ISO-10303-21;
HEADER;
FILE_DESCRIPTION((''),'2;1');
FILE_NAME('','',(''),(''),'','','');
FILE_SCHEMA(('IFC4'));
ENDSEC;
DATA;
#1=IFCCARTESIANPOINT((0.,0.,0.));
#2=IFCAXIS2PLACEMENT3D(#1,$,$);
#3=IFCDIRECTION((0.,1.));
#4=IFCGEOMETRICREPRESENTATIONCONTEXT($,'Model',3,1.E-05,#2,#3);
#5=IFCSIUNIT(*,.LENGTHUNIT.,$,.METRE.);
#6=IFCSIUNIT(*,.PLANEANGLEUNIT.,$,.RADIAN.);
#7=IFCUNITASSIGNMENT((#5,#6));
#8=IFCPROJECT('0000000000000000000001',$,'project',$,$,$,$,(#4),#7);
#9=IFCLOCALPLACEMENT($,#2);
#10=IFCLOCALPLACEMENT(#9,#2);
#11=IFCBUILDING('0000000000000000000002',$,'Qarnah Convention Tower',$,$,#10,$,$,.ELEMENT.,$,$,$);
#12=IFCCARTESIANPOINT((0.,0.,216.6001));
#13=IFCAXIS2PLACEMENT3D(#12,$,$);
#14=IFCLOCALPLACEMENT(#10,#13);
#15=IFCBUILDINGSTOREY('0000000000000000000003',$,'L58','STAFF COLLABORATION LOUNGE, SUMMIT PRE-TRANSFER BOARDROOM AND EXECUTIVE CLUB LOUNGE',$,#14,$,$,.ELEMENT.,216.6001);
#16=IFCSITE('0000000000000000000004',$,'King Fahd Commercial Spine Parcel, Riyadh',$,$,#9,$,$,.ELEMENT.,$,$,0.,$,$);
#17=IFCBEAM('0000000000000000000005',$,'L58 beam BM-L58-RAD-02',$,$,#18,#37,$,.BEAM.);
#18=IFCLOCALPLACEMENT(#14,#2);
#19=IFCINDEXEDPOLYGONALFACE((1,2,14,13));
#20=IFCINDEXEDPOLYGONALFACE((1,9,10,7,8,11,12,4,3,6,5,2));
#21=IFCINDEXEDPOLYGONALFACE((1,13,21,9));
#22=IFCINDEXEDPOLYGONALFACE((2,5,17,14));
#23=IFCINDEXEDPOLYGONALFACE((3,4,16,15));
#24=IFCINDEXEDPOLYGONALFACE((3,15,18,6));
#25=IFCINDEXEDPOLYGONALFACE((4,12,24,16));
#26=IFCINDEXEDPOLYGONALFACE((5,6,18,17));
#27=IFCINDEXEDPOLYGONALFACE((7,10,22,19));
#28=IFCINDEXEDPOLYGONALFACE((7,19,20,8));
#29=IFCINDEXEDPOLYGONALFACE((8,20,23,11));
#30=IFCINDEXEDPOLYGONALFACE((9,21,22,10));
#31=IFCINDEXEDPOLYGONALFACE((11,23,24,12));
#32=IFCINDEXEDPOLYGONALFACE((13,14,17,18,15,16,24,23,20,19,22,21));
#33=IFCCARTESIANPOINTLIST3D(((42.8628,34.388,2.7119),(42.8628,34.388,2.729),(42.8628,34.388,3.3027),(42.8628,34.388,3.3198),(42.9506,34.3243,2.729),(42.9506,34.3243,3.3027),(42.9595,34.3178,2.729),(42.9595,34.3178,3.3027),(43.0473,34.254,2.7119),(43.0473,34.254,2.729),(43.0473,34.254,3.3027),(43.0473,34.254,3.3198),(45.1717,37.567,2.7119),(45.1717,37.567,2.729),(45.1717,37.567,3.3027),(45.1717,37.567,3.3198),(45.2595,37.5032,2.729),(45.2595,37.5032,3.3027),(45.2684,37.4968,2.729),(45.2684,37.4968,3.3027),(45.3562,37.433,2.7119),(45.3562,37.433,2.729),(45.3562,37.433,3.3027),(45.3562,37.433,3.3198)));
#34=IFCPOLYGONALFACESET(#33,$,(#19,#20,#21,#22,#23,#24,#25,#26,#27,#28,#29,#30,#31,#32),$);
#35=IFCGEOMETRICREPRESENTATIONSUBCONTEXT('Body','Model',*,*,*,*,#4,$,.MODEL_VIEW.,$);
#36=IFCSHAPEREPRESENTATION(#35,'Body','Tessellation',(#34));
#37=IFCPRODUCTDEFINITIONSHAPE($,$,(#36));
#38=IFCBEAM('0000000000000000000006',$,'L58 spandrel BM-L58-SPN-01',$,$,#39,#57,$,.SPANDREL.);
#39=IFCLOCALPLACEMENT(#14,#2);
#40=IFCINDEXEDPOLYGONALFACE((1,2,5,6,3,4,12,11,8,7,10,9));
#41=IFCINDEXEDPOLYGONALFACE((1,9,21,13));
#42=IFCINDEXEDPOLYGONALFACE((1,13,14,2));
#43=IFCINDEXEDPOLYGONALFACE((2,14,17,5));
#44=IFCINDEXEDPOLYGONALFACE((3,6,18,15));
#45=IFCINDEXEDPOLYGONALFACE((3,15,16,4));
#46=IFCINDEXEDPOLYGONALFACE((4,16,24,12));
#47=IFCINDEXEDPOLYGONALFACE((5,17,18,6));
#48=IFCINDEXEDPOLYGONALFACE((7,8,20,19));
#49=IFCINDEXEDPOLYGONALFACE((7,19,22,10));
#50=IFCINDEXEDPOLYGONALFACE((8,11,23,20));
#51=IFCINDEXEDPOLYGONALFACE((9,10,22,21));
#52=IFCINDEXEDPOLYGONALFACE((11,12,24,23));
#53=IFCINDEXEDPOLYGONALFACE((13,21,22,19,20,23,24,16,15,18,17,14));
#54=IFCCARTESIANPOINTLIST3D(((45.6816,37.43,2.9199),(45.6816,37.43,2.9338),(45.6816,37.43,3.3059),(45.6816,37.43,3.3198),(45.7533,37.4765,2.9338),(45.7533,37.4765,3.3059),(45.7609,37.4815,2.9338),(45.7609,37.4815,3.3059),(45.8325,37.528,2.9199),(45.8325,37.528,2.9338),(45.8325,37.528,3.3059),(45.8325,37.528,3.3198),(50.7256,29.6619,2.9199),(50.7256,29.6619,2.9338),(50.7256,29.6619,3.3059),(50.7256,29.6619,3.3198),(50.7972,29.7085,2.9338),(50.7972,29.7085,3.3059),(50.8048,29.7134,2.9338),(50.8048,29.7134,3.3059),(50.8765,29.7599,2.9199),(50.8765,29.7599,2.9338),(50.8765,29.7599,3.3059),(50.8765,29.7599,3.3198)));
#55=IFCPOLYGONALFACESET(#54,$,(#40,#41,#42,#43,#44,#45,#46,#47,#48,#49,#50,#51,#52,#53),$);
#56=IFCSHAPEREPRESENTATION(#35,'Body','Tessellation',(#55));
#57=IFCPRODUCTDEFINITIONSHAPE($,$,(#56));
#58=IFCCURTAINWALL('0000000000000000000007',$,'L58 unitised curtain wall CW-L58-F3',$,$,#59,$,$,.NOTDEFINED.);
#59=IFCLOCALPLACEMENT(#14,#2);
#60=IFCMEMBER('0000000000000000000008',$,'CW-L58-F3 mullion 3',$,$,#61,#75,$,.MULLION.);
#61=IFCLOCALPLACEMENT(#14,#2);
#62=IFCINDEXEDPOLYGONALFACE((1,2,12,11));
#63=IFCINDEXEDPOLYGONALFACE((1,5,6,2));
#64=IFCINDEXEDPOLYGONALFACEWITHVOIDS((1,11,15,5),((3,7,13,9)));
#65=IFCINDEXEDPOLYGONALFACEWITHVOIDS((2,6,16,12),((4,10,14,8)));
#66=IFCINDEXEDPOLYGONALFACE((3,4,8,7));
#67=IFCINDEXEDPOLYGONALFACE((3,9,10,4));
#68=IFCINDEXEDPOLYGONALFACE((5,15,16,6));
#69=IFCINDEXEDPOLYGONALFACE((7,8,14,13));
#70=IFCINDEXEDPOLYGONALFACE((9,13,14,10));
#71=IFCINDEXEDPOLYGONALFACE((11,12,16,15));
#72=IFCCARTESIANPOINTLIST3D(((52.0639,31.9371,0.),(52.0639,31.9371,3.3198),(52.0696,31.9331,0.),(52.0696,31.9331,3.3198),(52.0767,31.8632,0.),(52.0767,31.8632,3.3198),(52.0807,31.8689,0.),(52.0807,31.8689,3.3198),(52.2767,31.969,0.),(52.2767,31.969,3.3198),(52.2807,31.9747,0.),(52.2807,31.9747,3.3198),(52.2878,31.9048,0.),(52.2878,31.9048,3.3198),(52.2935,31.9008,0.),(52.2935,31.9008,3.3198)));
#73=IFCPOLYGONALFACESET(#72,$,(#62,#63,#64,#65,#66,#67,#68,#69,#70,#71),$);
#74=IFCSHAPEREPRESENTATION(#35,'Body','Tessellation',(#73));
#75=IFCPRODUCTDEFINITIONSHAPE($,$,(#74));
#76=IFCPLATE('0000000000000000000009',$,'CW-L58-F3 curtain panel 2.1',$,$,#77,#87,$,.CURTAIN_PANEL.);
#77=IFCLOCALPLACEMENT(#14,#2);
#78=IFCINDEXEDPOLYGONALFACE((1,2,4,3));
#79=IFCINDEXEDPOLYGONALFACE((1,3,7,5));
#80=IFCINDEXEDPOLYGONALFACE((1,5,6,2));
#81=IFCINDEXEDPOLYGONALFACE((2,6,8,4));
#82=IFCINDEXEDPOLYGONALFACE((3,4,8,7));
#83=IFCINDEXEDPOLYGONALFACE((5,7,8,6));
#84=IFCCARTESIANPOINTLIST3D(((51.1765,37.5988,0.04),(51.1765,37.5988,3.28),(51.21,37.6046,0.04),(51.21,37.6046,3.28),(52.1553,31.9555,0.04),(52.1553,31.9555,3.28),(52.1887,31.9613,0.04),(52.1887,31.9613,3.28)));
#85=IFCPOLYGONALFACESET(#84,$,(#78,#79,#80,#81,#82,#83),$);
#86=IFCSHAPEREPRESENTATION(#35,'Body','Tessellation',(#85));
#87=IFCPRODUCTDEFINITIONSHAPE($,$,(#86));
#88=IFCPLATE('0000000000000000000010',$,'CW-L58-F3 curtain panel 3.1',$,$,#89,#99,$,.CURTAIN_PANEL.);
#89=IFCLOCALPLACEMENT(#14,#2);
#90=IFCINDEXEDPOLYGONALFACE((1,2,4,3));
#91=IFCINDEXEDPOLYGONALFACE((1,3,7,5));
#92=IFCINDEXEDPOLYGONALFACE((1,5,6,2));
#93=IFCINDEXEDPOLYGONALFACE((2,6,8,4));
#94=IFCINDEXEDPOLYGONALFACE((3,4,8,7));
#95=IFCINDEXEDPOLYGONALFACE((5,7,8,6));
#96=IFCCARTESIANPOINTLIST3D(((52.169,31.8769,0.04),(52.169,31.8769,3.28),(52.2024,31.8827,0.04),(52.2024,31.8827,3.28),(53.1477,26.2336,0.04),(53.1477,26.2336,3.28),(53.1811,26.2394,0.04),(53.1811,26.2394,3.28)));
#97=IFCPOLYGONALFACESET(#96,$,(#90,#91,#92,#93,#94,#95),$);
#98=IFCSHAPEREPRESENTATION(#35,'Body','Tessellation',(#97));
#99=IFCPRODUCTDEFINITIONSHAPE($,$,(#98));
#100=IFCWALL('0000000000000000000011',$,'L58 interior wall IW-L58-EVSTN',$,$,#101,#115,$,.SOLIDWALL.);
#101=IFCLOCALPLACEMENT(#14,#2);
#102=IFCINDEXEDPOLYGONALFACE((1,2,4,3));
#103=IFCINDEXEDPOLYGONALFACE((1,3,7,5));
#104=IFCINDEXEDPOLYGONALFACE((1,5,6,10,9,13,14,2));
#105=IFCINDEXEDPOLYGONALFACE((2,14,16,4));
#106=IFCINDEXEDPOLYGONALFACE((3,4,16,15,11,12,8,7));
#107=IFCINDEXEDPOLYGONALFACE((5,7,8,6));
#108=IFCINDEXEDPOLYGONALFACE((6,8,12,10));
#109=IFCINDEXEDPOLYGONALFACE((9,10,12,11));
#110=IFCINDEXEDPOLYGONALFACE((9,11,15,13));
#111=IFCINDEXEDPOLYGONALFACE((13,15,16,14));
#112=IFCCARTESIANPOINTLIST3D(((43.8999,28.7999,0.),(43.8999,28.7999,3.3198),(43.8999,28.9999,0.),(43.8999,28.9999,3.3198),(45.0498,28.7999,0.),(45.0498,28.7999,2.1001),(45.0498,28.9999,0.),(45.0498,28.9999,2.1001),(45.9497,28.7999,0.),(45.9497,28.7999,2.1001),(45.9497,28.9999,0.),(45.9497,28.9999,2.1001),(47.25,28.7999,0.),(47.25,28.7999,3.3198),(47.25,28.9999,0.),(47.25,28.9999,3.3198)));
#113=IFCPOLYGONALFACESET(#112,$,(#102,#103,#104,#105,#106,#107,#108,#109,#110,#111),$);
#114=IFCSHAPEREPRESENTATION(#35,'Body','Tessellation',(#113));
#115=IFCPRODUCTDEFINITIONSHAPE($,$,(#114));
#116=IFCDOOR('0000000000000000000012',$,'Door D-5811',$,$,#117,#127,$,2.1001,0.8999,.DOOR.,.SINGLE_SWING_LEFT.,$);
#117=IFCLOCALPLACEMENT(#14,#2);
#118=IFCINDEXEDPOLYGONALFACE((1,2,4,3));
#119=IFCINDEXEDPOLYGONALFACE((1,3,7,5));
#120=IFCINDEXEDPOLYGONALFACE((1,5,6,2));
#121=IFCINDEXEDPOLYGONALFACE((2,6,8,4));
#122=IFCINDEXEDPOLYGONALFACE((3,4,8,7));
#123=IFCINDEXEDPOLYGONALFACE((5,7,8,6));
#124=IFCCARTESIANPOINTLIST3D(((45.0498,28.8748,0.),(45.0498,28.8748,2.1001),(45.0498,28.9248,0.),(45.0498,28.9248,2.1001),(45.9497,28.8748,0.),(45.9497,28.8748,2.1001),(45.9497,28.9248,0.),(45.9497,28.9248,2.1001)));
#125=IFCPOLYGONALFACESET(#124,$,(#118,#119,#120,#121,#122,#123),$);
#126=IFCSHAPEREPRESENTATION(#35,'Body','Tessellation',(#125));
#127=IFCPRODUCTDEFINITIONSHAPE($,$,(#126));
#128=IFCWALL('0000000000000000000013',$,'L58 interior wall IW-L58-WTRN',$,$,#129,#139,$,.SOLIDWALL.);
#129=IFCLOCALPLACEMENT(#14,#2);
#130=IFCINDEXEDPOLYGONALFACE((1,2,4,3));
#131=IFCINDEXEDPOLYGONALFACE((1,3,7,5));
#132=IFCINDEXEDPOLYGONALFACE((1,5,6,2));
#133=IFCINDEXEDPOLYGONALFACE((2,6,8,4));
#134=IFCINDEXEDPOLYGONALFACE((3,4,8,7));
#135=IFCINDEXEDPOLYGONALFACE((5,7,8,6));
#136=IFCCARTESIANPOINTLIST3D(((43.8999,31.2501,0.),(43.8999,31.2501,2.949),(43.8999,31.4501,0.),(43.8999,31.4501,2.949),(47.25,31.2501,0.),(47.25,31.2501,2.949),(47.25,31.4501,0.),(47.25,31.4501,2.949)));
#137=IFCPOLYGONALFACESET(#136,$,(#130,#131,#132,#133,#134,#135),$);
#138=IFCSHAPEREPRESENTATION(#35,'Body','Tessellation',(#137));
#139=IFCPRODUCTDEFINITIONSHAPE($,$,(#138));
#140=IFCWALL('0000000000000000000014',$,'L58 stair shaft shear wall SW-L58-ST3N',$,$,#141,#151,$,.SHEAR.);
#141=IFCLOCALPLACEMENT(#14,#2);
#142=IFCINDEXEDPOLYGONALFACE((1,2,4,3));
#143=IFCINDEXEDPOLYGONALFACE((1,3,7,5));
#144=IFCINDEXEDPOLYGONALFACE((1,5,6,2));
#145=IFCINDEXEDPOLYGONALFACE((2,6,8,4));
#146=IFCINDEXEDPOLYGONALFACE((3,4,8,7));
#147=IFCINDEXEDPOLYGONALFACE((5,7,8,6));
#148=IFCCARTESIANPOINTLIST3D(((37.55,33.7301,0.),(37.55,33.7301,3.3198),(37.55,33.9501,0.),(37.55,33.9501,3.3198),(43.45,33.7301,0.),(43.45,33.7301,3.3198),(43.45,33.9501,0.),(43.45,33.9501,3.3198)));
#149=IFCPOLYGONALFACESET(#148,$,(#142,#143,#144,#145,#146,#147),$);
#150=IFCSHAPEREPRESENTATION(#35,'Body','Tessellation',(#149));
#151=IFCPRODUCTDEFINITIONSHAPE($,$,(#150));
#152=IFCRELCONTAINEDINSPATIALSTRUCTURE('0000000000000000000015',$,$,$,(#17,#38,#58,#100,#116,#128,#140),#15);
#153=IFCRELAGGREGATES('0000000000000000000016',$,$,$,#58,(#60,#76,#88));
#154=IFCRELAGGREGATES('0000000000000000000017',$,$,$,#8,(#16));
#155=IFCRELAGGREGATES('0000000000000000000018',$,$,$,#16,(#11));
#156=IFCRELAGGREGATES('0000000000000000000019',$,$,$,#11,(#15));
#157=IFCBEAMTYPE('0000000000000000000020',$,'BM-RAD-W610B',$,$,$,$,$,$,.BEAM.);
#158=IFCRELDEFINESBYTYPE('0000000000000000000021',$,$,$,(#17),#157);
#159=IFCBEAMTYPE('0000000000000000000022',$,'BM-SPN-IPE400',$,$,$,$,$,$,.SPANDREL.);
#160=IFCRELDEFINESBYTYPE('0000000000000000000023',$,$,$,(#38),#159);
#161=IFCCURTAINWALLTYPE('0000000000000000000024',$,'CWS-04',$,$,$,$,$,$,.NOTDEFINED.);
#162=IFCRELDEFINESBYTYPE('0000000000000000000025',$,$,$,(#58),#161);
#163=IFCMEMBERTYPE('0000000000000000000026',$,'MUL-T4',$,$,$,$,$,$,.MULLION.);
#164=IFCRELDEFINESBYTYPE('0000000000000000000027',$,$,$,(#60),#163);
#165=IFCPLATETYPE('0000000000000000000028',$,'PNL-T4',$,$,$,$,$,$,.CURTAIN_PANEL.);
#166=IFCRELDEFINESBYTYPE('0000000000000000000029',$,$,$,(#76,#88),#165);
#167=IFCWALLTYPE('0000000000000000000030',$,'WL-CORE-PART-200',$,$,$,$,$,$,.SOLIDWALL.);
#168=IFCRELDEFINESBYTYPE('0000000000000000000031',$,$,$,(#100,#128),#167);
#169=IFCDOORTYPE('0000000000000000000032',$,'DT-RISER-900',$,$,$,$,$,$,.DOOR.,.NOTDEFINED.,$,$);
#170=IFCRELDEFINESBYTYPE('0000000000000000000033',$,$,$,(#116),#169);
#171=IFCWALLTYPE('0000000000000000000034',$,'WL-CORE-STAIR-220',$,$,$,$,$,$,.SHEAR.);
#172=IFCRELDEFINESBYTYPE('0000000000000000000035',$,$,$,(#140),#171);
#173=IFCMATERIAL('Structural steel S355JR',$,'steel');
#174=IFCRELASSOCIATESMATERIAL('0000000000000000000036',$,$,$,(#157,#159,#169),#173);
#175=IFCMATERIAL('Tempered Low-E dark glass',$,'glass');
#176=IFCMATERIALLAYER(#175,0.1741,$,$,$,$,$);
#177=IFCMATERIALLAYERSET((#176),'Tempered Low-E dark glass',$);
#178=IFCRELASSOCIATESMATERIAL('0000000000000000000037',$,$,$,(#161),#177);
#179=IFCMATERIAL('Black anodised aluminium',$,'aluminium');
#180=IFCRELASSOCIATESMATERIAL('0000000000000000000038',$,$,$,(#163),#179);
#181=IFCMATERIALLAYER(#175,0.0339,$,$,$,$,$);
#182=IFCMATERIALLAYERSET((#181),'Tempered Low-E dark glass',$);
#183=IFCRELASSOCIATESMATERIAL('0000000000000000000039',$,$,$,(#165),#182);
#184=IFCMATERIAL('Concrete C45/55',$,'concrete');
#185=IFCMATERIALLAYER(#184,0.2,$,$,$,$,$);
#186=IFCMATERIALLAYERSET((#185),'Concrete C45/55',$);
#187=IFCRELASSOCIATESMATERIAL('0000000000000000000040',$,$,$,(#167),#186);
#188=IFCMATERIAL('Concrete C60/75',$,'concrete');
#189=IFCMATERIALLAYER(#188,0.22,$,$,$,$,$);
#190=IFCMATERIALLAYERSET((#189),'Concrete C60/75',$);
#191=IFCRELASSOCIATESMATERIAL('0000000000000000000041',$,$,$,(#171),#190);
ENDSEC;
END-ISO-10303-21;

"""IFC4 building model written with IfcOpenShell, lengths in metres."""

from ifc_helpers import new_model, si_unit, direction, frame, frame_2d, origin, origin_2d, place, context, subcontext, project, spatial, rectangle, hollow_rectangle, i_section, extrude, material, layer, layer_set, material_profile, profile_set, type_object, element, fill, aggregate, save


model = new_model("IFC4")

# Units and contexts
model_context = context("Model", 3, precision=1e-05, world=origin(), true_north=direction((0.0, 1.0)))
body_context = subcontext(model_context, "Body", "Model", "MODEL_VIEW")
ifc_project = project(units=[si_unit("LENGTHUNIT", "METRE"), si_unit("PLANEANGLEUNIT", "RADIAN")], contexts=[model_context])

# Site, building, storey
site_placement = place(None, origin())
site = spatial("IfcSite", under=ifc_project, at=site_placement, Name="King Fahd Commercial Spine Parcel, Riyadh", CompositionType="ELEMENT", RefElevation=0.0)
building_placement = place(site_placement, origin())
building = spatial("IfcBuilding", under=site, at=building_placement, Name="Qarnah Convention Tower", CompositionType="ELEMENT")
storey_placement = place(building_placement, frame((0.0, 0.0, 216.6001)))
storey = spatial("IfcBuildingStorey", under=building, at=storey_placement, Name="L58", Description="STAFF COLLABORATION LOUNGE, SUMMIT PRE-TRANSFER BOARDROOM AND EXECUTIVE CLUB LOUNGE", CompositionType="ELEMENT", Elevation=216.6001)

# Beams
ifc_material_1 = material(Name="Structural steel S355JR", Category="steel")
ifc_material_profile_1 = material_profile(ifc_material_1, i_section(OverallWidth=0.228, OverallDepth=0.6079, WebThickness=0.011, FlangeThickness=0.0171, at=origin_2d()), Name="W610X113")
ifc_profile_set_1 = profile_set([ifc_material_profile_1], Name="Structural steel S355JR")
beam_type_1 = type_object("IfcBeamType", Name="BM-RAD-W610B", PredefinedType="BEAM", material=ifc_profile_set_1)
beam_1_placement = place(storey_placement, frame((42.9551, 34.321, 3.0159), z_axis=(0.587651, 0.809115, 0.0), x_axis=(-0.809115, 0.587651, 0.0)))
element("IfcBeam", 1, at=beam_1_placement, inside=storey, type_object=beam_type_1, Name="L58 beam BM-L58-RAD-02", PredefinedType="BEAM", context=body_context, shape_type="SweptSolid", body=[
    extrude(i_section(OverallWidth=0.228, OverallDepth=0.6079, WebThickness=0.011, FlangeThickness=0.0171, at=origin_2d()), origin(), (0.0, 0.0, 1.0), 3.929),
])
ifc_material_profile_2 = material_profile(ifc_material_1, i_section(OverallWidth=0.1799, OverallDepth=0.3999, WebThickness=0.009, FlangeThickness=0.0139, at=origin_2d()), Name="IPE400")
ifc_profile_set_2 = profile_set([ifc_material_profile_2], Name="Structural steel S355JR")
beam_type_2 = type_object("IfcBeamType", Name="BM-SPN-IPE400", PredefinedType="SPANDREL", material=ifc_profile_set_2)
beam_2_placement = place(storey_placement, frame((50.801, 29.7109, 3.1199), z_axis=(-0.544586, 0.838705, 0.0), x_axis=(-0.838705, -0.544586, 0.0)))
element("IfcBeam", 2, at=beam_2_placement, inside=storey, type_object=beam_type_2, Name="L58 spandrel BM-L58-SPN-01", PredefinedType="SPANDREL", context=body_context, shape_type="SweptSolid", body=[
    extrude(i_section(OverallWidth=0.1799, OverallDepth=0.3999, WebThickness=0.009, FlangeThickness=0.0139, at=origin_2d()), origin(), (0.0, 0.0, 1.0), 9.262),
])

# Curtain wall, member, plates
ifc_material_2 = material(Name="Tempered Low-E dark glass", Category="glass")
ifc_layer_1 = layer(ifc_material_2, 0.1741)
ifc_layer_set_1 = layer_set([ifc_layer_1], Name="Tempered Low-E dark glass")
curtain_wall_type = type_object("IfcCurtainWallType", Name="CWS-04", PredefinedType="NOTDEFINED", material=ifc_layer_set_1)
curtain_wall_placement = place(storey_placement, origin())
curtain_wall = element("IfcCurtainWall", 3, at=curtain_wall_placement, inside=storey, type_object=curtain_wall_type, Name="L58 unitised curtain wall CW-L58-F3", PredefinedType="NOTDEFINED")
ifc_material_3 = material(Name="Black anodised aluminium", Category="aluminium")
ifc_material_profile_3 = material_profile(ifc_material_3, hollow_rectangle(XDim=0.075, YDim=0.22, WallThickness=0.0049, at=origin_2d()), Name="MUL-75X220")
ifc_profile_set_3 = profile_set([ifc_material_profile_3], Name="Black anodised aluminium")
member_type = type_object("IfcMemberType", Name="MUL-T4", PredefinedType="MULLION", material=ifc_profile_set_3)
member_placement = place(storey_placement, frame((52.1787, 31.9189, 0.0), z_axis=(0.0, 0.0, 1.0), x_axis=(0.170885, -0.985291, 0.0)))
member = element("IfcMember", 4, at=member_placement, type_object=member_type, Name="CW-L58-F3 mullion 3", PredefinedType="MULLION", context=body_context, shape_type="SweptSolid", body=[
    extrude(hollow_rectangle(XDim=0.075, YDim=0.22, WallThickness=0.0049, at=origin_2d()), origin(), (0.0, 0.0, 1.0), 3.3198),
])
ifc_layer_2 = layer(ifc_material_2, 0.0339)
ifc_layer_set_2 = layer_set([ifc_layer_2], Name="Tempered Low-E dark glass")
plate_type = type_object("IfcPlateType", Name="PNL-T4", PredefinedType="CURTAIN_PANEL", material=ifc_layer_set_2)
plate_1_placement = place(storey_placement, frame((51.6826, 34.78, 0.04), z_axis=(0.0, 0.0, 1.0), x_axis=(0.170885, -0.985291, 0.0)))
plate_1 = element("IfcPlate", 5, at=plate_1_placement, type_object=plate_type, Name="CW-L58-F3 curtain panel 2.1", PredefinedType="CURTAIN_PANEL", context=body_context, shape_type="SweptSolid", body=[
    extrude(rectangle(XDim=5.7275, YDim=0.0339, at=origin_2d()), origin(), (0.0, 0.0, 1.0), 3.24),
])
plate_2_placement = place(storey_placement, frame((52.675, 29.0581, 0.04), z_axis=(0.0, 0.0, 1.0), x_axis=(0.170885, -0.985291, 0.0)))
plate_2 = element("IfcPlate", 6, at=plate_2_placement, type_object=plate_type, Name="CW-L58-F3 curtain panel 3.1", PredefinedType="CURTAIN_PANEL", context=body_context, shape_type="SweptSolid", body=[
    extrude(rectangle(XDim=5.7275, YDim=0.0339, at=origin_2d()), origin(), (0.0, 0.0, 1.0), 3.24),
])
aggregate(curtain_wall, [member, plate_1, plate_2])

# Wall, opening, door
ifc_material_4 = material(Name="Concrete C45/55", Category="concrete")
ifc_layer_3 = layer(ifc_material_4, 0.2)
ifc_layer_set_3 = layer_set([ifc_layer_3], Name="Concrete C45/55")
wall_type_1 = type_object("IfcWallType", Name="WL-CORE-PART-200", PredefinedType="SOLIDWALL", material=ifc_layer_set_3)
wall_1_placement = place(storey_placement, frame((43.8999, 28.8999, 0.0), z_axis=(0.0, 0.0, 1.0), x_axis=(1.0, 0.0, 0.0)))
wall_1 = element("IfcWall", 7, at=wall_1_placement, inside=storey, type_object=wall_type_1, Name="L58 interior wall IW-L58-EVSTN", PredefinedType="SOLIDWALL", context=body_context, shape_type="SweptSolid", body=[
    extrude(rectangle(XDim=3.3501, YDim=0.2, at=frame_2d((1.675, 0.0))), origin(), (0.0, 0.0, 1.0), 3.3198),
])
opening_1_placement = place(wall_1_placement, frame((1.1499, 0.0, 0.0)))
opening_1 = element("IfcOpeningElement", 8, at=opening_1_placement, cuts=wall_1, PredefinedType="OPENING", context=body_context, shape_type="SweptSolid", body=[
    extrude(rectangle(XDim=0.8999, YDim=2.1001, at=frame_2d((0.45, 1.05))), frame((0.0, 0.1099, 0.0), z_axis=(0.0, -1.0, 0.0), x_axis=(1.0, 0.0, 0.0)), (0.0, 0.0, 1.0), 0.22),
])
door_type_1 = type_object("IfcDoorType", Name="DT-RISER-900", OperationType="NOTDEFINED", PredefinedType="DOOR", material=ifc_material_1)
door_1_placement = place(opening_1_placement, origin())
door_1 = element("IfcDoor", 9, at=door_1_placement, inside=storey, type_object=door_type_1, Name="Door D-5811", OperationType="SINGLE_SWING_LEFT", OverallHeight=2.1001, OverallWidth=0.8999, PredefinedType="DOOR", context=body_context, shape_type="SweptSolid", body=[
    extrude(rectangle(XDim=0.8999, YDim=2.1001, at=frame_2d((0.45, 1.05))), frame((0.0, 0.0249, 0.0), z_axis=(0.0, -1.0, 0.0), x_axis=(1.0, 0.0, 0.0)), (0.0, 0.0, 1.0), 0.05),
])
fill(opening_1, door_1)

# Walls
wall_2_placement = place(storey_placement, frame((43.8999, 31.3501, 0.0), z_axis=(0.0, 0.0, 1.0), x_axis=(1.0, 0.0, 0.0)))
element("IfcWall", 10, at=wall_2_placement, inside=storey, type_object=wall_type_1, Name="L58 interior wall IW-L58-WTRN", PredefinedType="SOLIDWALL", context=body_context, shape_type="SweptSolid", body=[
    extrude(rectangle(XDim=3.3501, YDim=0.2, at=frame_2d((1.675, 0.0))), origin(), (0.0, 0.0, 1.0), 2.949),
])
ifc_material_5 = material(Name="Concrete C60/75", Category="concrete")
ifc_layer_4 = layer(ifc_material_5, 0.22)
ifc_layer_set_4 = layer_set([ifc_layer_4], Name="Concrete C60/75")
wall_type_2 = type_object("IfcWallType", Name="WL-CORE-STAIR-220", PredefinedType="SHEAR", material=ifc_layer_set_4)
wall_3_placement = place(storey_placement, frame((37.55, 33.8401, 0.0), z_axis=(0.0, 0.0, 1.0), x_axis=(1.0, 0.0, 0.0)))
element("IfcWall", 11, at=wall_3_placement, inside=storey, type_object=wall_type_2, Name="L58 stair shaft shear wall SW-L58-ST3N", PredefinedType="SHEAR", context=body_context, shape_type="SweptSolid", body=[
    extrude(rectangle(XDim=5.8999, YDim=0.22, at=frame_2d((2.95, 0.0))), origin(), (0.0, 0.0, 1.0), 3.3198),
])

save(model, "model.ifc")
